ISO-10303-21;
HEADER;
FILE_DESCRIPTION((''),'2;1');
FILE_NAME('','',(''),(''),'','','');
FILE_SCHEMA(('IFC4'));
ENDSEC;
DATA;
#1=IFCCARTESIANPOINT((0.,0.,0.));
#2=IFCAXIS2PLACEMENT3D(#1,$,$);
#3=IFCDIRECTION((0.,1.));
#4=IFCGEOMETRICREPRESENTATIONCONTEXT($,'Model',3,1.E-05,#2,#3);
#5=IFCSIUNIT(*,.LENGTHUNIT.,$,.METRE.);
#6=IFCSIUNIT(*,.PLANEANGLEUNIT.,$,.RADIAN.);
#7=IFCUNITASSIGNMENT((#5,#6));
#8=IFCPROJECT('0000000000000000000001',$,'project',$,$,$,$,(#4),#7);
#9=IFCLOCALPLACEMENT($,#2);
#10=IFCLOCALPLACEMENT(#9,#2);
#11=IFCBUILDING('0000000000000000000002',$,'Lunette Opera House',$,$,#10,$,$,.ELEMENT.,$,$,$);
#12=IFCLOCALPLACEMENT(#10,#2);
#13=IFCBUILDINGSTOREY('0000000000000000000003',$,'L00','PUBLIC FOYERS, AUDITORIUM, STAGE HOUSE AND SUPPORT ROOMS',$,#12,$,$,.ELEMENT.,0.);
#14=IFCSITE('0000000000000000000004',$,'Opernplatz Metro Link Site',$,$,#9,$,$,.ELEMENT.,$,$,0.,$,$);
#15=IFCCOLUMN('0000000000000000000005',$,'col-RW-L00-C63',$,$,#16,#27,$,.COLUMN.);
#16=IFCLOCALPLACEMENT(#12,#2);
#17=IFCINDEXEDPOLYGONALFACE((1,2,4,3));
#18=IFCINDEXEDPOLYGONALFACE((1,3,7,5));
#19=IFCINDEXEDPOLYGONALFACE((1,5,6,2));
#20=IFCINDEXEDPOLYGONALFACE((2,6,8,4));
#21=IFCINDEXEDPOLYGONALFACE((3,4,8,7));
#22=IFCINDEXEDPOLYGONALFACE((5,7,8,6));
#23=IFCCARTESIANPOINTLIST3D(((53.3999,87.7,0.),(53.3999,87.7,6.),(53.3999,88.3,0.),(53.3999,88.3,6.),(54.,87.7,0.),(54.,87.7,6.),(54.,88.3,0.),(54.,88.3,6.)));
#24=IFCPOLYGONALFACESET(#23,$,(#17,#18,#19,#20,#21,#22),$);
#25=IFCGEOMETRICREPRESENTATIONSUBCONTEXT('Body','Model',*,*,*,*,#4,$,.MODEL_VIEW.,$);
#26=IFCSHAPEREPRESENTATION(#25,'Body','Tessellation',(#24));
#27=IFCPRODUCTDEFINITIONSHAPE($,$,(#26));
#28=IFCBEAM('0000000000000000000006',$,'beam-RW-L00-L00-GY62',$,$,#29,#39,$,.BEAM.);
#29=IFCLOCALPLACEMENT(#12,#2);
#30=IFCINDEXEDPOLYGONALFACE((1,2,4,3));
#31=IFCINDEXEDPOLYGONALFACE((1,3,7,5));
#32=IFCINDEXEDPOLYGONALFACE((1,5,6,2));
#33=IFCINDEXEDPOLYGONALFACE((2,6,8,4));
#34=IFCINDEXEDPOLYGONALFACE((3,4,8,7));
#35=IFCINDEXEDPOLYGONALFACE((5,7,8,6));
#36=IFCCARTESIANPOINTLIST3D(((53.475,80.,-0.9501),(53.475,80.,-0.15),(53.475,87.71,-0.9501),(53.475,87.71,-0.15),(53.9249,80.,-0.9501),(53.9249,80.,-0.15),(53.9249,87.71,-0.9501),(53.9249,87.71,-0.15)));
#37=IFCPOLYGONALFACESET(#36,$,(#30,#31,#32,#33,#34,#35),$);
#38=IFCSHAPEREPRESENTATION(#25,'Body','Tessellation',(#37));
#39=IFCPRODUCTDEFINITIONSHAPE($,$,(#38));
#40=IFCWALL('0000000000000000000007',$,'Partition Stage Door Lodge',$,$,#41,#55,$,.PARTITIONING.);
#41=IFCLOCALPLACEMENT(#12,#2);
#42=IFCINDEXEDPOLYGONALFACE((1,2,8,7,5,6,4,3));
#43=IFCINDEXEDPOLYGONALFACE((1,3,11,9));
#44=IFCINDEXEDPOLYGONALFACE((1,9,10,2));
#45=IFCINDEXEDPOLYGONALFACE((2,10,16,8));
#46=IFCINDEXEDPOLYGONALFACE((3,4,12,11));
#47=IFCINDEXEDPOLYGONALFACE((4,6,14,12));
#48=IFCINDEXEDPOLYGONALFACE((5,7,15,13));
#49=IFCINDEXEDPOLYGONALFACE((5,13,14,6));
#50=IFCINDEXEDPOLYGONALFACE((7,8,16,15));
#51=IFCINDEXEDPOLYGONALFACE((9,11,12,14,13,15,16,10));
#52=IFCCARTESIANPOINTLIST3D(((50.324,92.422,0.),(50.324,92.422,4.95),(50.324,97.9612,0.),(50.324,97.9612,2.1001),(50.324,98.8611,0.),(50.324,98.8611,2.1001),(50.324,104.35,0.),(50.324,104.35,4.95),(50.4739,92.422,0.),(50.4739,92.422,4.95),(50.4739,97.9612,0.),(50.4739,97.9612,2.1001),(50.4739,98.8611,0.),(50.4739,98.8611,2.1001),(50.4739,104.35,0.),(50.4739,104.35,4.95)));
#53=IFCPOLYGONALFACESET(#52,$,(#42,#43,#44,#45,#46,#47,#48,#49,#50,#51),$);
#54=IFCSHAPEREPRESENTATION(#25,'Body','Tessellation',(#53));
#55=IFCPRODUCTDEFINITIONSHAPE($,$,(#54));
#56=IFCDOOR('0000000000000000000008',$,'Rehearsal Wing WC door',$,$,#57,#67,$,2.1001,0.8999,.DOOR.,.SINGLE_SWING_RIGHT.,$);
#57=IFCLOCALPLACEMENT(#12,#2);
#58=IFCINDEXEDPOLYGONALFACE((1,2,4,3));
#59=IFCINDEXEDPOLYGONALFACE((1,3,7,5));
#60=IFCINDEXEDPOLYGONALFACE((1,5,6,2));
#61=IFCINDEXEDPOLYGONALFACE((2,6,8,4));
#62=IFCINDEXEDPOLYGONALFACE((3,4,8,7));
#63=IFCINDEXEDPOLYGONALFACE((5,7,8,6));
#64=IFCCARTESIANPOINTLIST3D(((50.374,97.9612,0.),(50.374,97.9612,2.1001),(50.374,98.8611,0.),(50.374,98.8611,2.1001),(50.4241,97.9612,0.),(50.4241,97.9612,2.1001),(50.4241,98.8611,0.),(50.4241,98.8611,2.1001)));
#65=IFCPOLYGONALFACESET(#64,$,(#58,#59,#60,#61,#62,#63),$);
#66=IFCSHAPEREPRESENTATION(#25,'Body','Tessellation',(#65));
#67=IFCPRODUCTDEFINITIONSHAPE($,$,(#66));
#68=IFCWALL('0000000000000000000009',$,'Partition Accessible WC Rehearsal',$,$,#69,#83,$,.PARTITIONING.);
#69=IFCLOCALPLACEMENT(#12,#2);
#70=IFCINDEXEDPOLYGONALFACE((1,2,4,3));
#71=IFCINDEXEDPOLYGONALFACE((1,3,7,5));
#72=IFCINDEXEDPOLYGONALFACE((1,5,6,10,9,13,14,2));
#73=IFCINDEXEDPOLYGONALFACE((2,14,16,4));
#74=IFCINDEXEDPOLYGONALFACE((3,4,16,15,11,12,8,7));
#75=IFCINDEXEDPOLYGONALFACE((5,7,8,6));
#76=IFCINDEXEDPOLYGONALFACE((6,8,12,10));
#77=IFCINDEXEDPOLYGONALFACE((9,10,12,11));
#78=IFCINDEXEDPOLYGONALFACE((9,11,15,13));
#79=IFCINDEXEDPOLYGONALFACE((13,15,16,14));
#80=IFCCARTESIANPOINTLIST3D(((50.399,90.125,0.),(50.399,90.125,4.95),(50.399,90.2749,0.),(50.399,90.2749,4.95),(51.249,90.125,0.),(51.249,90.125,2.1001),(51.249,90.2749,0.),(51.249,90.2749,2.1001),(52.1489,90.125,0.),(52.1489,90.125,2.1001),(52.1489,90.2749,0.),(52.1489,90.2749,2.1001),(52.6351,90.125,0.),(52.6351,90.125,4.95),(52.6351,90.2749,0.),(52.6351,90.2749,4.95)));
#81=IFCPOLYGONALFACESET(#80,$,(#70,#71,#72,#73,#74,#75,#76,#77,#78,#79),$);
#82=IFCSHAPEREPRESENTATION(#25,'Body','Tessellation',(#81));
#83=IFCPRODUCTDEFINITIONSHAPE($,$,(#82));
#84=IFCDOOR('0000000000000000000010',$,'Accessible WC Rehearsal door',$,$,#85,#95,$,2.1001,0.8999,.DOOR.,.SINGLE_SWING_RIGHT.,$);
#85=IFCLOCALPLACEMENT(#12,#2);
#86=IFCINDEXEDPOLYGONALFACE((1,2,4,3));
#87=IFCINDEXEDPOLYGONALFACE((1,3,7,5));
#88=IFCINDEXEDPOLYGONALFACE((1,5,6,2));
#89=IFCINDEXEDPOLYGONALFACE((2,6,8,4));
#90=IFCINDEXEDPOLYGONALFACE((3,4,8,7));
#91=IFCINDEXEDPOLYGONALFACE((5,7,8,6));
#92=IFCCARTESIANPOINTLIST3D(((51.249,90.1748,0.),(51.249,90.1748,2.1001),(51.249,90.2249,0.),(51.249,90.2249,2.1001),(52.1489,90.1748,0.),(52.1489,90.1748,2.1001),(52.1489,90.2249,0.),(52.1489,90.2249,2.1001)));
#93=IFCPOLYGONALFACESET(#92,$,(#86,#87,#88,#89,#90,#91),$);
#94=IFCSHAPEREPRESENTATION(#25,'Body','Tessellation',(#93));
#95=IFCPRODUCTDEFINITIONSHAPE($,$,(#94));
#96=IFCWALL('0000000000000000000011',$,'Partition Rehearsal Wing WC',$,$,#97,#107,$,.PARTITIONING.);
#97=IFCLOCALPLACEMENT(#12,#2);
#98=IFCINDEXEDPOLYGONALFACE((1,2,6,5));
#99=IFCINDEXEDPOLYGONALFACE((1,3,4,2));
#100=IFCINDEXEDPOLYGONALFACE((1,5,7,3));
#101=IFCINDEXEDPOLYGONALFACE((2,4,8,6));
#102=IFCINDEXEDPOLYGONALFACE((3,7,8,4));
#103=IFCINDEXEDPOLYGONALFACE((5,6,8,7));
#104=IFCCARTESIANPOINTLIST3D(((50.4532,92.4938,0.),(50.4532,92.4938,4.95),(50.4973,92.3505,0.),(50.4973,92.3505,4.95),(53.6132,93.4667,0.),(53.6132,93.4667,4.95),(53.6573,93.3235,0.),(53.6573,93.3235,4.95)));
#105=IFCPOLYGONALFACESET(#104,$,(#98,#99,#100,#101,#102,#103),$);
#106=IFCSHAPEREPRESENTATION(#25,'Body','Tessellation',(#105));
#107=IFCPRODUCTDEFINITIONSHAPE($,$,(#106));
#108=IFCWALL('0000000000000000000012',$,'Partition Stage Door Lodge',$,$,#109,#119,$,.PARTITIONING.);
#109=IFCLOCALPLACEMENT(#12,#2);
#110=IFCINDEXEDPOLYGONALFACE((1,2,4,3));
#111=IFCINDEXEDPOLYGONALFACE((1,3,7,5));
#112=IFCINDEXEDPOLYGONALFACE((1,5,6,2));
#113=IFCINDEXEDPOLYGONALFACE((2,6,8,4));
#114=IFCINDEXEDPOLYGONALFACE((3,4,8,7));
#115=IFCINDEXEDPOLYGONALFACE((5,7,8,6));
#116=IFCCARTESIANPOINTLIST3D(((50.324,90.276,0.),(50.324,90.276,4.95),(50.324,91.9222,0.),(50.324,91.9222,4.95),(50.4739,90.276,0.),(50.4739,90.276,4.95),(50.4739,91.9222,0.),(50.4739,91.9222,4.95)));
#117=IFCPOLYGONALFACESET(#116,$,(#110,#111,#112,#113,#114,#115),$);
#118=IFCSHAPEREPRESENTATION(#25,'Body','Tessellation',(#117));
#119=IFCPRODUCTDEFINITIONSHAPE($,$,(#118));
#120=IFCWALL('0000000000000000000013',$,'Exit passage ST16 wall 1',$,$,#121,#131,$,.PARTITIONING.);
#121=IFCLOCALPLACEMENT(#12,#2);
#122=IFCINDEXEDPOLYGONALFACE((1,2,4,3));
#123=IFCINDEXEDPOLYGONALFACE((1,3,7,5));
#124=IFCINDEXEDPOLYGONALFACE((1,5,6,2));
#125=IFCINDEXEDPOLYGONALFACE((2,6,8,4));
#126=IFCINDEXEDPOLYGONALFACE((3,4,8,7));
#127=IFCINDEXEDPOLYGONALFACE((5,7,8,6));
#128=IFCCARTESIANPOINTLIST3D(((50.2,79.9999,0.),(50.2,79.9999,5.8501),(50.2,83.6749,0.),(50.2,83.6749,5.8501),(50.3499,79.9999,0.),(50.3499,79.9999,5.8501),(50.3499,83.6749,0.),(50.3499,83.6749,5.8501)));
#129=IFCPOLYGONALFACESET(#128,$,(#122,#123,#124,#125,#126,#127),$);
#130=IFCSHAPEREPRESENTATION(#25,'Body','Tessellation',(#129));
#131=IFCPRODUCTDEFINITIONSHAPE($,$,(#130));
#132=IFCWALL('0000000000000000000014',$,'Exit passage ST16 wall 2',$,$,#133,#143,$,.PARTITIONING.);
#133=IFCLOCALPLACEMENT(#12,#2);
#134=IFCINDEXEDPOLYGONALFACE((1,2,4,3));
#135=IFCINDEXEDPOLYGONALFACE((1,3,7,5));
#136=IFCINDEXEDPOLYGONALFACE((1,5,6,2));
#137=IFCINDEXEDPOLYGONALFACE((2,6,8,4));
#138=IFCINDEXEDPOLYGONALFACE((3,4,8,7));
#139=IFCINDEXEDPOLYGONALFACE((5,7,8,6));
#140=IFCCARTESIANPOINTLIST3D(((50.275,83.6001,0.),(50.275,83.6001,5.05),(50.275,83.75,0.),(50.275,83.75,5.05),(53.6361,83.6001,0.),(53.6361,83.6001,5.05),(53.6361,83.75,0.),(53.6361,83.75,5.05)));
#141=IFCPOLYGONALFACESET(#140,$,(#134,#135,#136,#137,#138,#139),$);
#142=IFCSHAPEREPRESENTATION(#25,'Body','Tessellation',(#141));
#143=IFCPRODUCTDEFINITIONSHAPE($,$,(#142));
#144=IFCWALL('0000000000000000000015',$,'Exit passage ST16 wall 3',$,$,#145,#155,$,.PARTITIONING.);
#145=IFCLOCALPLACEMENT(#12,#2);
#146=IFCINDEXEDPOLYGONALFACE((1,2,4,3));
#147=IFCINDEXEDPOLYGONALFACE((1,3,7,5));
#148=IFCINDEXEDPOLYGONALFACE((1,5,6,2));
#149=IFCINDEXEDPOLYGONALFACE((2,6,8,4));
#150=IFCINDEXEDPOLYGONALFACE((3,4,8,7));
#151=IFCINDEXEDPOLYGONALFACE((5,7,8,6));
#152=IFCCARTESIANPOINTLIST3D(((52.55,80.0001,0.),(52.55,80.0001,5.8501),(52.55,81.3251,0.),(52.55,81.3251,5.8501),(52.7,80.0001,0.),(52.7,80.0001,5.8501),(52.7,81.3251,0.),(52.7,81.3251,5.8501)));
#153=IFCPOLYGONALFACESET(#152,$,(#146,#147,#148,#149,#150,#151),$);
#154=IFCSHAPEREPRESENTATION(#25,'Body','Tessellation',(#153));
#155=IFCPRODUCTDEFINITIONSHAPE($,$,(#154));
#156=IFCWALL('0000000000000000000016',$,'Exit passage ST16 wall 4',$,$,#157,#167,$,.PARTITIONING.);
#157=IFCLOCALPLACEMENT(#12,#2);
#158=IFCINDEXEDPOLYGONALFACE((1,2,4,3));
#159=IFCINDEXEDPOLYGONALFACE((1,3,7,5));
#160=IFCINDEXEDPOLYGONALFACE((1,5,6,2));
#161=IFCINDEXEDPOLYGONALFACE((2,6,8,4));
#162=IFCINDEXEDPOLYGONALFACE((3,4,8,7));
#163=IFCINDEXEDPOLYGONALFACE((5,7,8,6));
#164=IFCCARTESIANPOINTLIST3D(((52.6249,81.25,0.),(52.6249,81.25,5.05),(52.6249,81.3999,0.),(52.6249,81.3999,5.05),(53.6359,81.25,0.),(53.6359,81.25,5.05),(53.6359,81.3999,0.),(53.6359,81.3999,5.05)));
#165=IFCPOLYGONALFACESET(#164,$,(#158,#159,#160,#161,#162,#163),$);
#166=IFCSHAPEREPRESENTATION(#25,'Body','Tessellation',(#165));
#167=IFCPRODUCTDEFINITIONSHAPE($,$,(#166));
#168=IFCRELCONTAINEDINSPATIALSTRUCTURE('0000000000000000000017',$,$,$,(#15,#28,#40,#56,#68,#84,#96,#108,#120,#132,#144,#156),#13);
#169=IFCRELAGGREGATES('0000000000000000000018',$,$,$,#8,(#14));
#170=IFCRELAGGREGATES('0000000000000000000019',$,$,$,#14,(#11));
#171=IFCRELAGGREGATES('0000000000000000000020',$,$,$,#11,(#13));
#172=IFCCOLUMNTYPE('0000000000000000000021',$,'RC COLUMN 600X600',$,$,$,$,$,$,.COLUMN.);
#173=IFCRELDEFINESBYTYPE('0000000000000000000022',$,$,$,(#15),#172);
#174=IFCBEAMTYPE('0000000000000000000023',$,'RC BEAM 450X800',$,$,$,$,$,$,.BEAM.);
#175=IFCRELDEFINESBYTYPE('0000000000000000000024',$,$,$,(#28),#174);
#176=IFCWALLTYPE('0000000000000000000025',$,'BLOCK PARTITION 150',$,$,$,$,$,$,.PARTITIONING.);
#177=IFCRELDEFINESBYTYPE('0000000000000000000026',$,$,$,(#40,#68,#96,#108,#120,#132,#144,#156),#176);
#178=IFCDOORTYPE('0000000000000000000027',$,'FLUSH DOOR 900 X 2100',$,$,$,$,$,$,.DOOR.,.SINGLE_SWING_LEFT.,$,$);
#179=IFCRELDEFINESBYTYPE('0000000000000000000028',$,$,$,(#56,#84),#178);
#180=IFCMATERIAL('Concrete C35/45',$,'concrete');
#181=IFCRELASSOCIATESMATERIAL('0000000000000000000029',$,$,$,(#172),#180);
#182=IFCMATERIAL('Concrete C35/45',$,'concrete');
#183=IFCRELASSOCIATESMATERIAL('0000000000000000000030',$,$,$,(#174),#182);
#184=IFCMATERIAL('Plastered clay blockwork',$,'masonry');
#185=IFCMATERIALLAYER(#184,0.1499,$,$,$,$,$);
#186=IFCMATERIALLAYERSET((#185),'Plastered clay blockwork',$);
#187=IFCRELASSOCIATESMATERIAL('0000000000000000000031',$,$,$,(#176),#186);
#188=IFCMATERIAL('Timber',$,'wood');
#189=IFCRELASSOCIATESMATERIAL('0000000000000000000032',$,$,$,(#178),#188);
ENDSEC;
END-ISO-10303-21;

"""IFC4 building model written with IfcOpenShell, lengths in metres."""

from ifc_helpers import new_model, si_unit, direction, frame, frame_2d, origin, origin_2d, place, context, subcontext, project, spatial, rectangle, extrude, material, layer, layer_set, material_profile, profile_set, type_object, element, fill, save


model = new_model("IFC4")

# Units and contexts
model_context = context("Model", 3, precision=1e-05, world=origin(), true_north=direction((0.0, 1.0)))
body_context = subcontext(model_context, "Body", "Model", "MODEL_VIEW")
ifc_project = project(units=[si_unit("LENGTHUNIT", "METRE"), si_unit("PLANEANGLEUNIT", "RADIAN")], contexts=[model_context])

# Site, building, storey
site_placement = place(None, origin())
site = spatial("IfcSite", under=ifc_project, at=site_placement, Name="Opernplatz Metro Link Site", CompositionType="ELEMENT", RefElevation=0.0)
building_placement = place(site_placement, origin())
building = spatial("IfcBuilding", under=site, at=building_placement, Name="Lunette Opera House", CompositionType="ELEMENT")
storey_placement = place(building_placement, origin())
storey = spatial("IfcBuildingStorey", under=building, at=storey_placement, Name="L00", Description="PUBLIC FOYERS, AUDITORIUM, STAGE HOUSE AND SUPPORT ROOMS", CompositionType="ELEMENT", Elevation=0.0)

# Column
ifc_material_1 = material(Name="Concrete C35/45", Category="concrete")
ifc_material_profile_1 = material_profile(ifc_material_1, rectangle(XDim=0.6001, YDim=0.6001, at=origin_2d()), Name="RC COLUMN 600X600")
ifc_profile_set_1 = profile_set([ifc_material_profile_1], Name="Concrete C35/45")
column_type = type_object("IfcColumnType", Name="RC COLUMN 600X600", PredefinedType="COLUMN", material=ifc_profile_set_1)
column_placement = place(storey_placement, frame((53.7, 88.0, 0.0), z_axis=(0.0, 0.0, 1.0), x_axis=(1.0, 0.0, 0.0)))
element("IfcColumn", 1, at=column_placement, inside=storey, type_object=column_type, Name="col-RW-L00-C63", PredefinedType="COLUMN", context=body_context, shape_type="SweptSolid", body=[
    extrude(rectangle(XDim=0.6001, YDim=0.6001, at=origin_2d()), origin(), (0.0, 0.0, 1.0), 6.0),
])

# Beam
ifc_material_2 = material(Name="Concrete C35/45", Category="concrete")
ifc_material_profile_2 = material_profile(ifc_material_2, rectangle(XDim=0.45, YDim=0.8, at=origin_2d()), Name="RC BEAM 450X800")
ifc_profile_set_2 = profile_set([ifc_material_profile_2], Name="Concrete C35/45")
beam_type = type_object("IfcBeamType", Name="RC BEAM 450X800", PredefinedType="BEAM", material=ifc_profile_set_2)
beam_placement = place(storey_placement, frame((53.7, 80.0, -0.55), z_axis=(0.0, 1.0, 0.0), x_axis=(-1.0, 0.0, 0.0)))
element("IfcBeam", 2, at=beam_placement, inside=storey, type_object=beam_type, Name="beam-RW-L00-L00-GY62", PredefinedType="BEAM", context=body_context, shape_type="SweptSolid", body=[
    extrude(rectangle(XDim=0.45, YDim=0.8, at=origin_2d()), origin(), (0.0, 0.0, 1.0), 7.71),
])

# Walls, openings, doors
ifc_material_3 = material(Name="Plastered clay blockwork", Category="masonry")
ifc_layer_1 = layer(ifc_material_3, 0.1499)
ifc_layer_set_1 = layer_set([ifc_layer_1], Name="Plastered clay blockwork")
wall_type_1 = type_object("IfcWallType", Name="BLOCK PARTITION 150", PredefinedType="PARTITIONING", material=ifc_layer_set_1)
wall_1_placement = place(storey_placement, frame((50.3989, 92.4221, 0.0), z_axis=(0.0, 0.0, 1.0), x_axis=(0.0, 1.0, 0.0)))
wall_1 = element("IfcWall", 3, at=wall_1_placement, inside=storey, type_object=wall_type_1, Name="Partition Stage Door Lodge", PredefinedType="PARTITIONING", context=body_context, shape_type="SweptSolid", body=[
    extrude(rectangle(XDim=11.928, YDim=0.1499, at=frame_2d((5.9639, 0.0))), origin(), (0.0, 0.0, 1.0), 4.95),
])
opening_1_placement = place(wall_1_placement, frame((5.5391, 0.0, 0.0)))
opening_1 = element("IfcOpeningElement", 4, at=opening_1_placement, cuts=wall_1, PredefinedType="OPENING", context=body_context, shape_type="SweptSolid", body=[
    extrude(rectangle(XDim=0.8999, YDim=2.1001, at=frame_2d((0.45, 1.05))), frame((0.0, 0.0869, 0.0), z_axis=(0.0, -1.0, 0.0), x_axis=(1.0, 0.0, 0.0)), (0.0, 0.0, 1.0), 0.1738),
])
ifc_material_4 = material(Name="Timber", Category="wood")
door_type_1 = type_object("IfcDoorType", Name="FLUSH DOOR 900 X 2100", OperationType="SINGLE_SWING_LEFT", PredefinedType="DOOR", material=ifc_material_4)
door_1_placement = place(opening_1_placement, origin())
door_1 = element("IfcDoor", 5, at=door_1_placement, inside=storey, type_object=door_type_1, Name="Rehearsal Wing WC door", OperationType="SINGLE_SWING_RIGHT", OverallHeight=2.1001, OverallWidth=0.8999, PredefinedType="DOOR", context=body_context, shape_type="SweptSolid", body=[
    extrude(rectangle(XDim=0.8999, YDim=2.1001, at=frame_2d((0.45, 1.05))), frame((0.0, 0.0249, 0.0), z_axis=(0.0, -1.0, 0.0), x_axis=(1.0, 0.0, 0.0)), (0.0, 0.0, 1.0), 0.05),
])
fill(opening_1, door_1)
wall_2_placement = place(storey_placement, frame((50.3989, 90.2, 0.0), z_axis=(0.0, 0.0, 1.0), x_axis=(1.0, 0.0, 0.0)))
wall_2 = element("IfcWall", 6, at=wall_2_placement, inside=storey, type_object=wall_type_1, Name="Partition Accessible WC Rehearsal", PredefinedType="PARTITIONING", context=body_context, shape_type="SweptSolid", body=[
    extrude(rectangle(XDim=2.2361, YDim=0.1499, at=frame_2d((1.1182, 0.0))), origin(), (0.0, 0.0, 1.0), 4.95),
])
opening_2_placement = place(wall_2_placement, frame((0.8501, 0.0, 0.0)))
opening_2 = element("IfcOpeningElement", 7, at=opening_2_placement, cuts=wall_2, PredefinedType="OPENING", context=body_context, shape_type="SweptSolid", body=[
    extrude(rectangle(XDim=0.8999, YDim=2.1001, at=frame_2d((0.45, 1.05))), frame((0.0, 0.0869, 0.0), z_axis=(0.0, -1.0, 0.0), x_axis=(1.0, 0.0, 0.0)), (0.0, 0.0, 1.0), 0.1738),
])
door_2_placement = place(opening_2_placement, origin())
door_2 = element("IfcDoor", 8, at=door_2_placement, inside=storey, type_object=door_type_1, Name="Accessible WC Rehearsal door", OperationType="SINGLE_SWING_RIGHT", OverallHeight=2.1001, OverallWidth=0.8999, PredefinedType="DOOR", context=body_context, shape_type="SweptSolid", body=[
    extrude(rectangle(XDim=0.8999, YDim=2.1001, at=frame_2d((0.45, 1.05))), frame((0.0, 0.0249, 0.0), z_axis=(0.0, -1.0, 0.0), x_axis=(1.0, 0.0, 0.0)), (0.0, 0.0, 1.0), 0.05),
])
fill(opening_2, door_2)

# Walls
wall_3_placement = place(storey_placement, frame((50.4751, 92.4221, 0.0), z_axis=(0.0, 0.0, 1.0), x_axis=(0.955726, 0.294257, 0.0)))
element("IfcWall", 9, at=wall_3_placement, inside=storey, type_object=wall_type_1, Name="Partition Rehearsal Wing WC", PredefinedType="PARTITIONING", context=body_context, shape_type="SweptSolid", body=[
    extrude(rectangle(XDim=3.3064, YDim=0.1499, at=frame_2d((1.6533, 0.0))), origin(), (0.0, 0.0, 1.0), 4.95),
])
wall_4_placement = place(storey_placement, frame((50.3989, 90.2759, 0.0), z_axis=(0.0, 0.0, 1.0), x_axis=(0.0, 1.0, 0.0)))
element("IfcWall", 10, at=wall_4_placement, inside=storey, type_object=wall_type_1, Name="Partition Stage Door Lodge", PredefinedType="PARTITIONING", context=body_context, shape_type="SweptSolid", body=[
    extrude(rectangle(XDim=1.6462, YDim=0.1499, at=frame_2d((0.8232, 0.0))), origin(), (0.0, 0.0, 1.0), 4.95),
])
wall_5_placement = place(storey_placement, frame((50.2749, 80.0, 0.0), z_axis=(0.0, 0.0, 1.0), x_axis=(0.0, 1.0, 0.0)))
element("IfcWall", 11, at=wall_5_placement, inside=storey, type_object=wall_type_1, Name="Exit passage ST16 wall 1", PredefinedType="PARTITIONING", context=body_context, shape_type="SweptSolid", body=[
    extrude(rectangle(XDim=3.675, YDim=0.1499, at=frame_2d((1.8374, 0.0))), origin(), (0.0, 0.0, 1.0), 5.8501),
])
wall_6_placement = place(storey_placement, frame((50.2749, 83.675, 0.0), z_axis=(0.0, 0.0, 1.0), x_axis=(1.0, 0.0, 0.0)))
element("IfcWall", 12, at=wall_6_placement, inside=storey, type_object=wall_type_1, Name="Exit passage ST16 wall 2", PredefinedType="PARTITIONING", context=body_context, shape_type="SweptSolid", body=[
    extrude(rectangle(XDim=3.3611, YDim=0.1499, at=frame_2d((1.6807, 0.0))), origin(), (0.0, 0.0, 1.0), 5.05),
])
wall_7_placement = place(storey_placement, frame((52.625, 80.0, 0.0), z_axis=(0.0, 0.0, 1.0), x_axis=(0.0, 1.0, 0.0)))
element("IfcWall", 13, at=wall_7_placement, inside=storey, type_object=wall_type_1, Name="Exit passage ST16 wall 3", PredefinedType="PARTITIONING", context=body_context, shape_type="SweptSolid", body=[
    extrude(rectangle(XDim=1.325, YDim=0.1499, at=frame_2d((0.6626, 0.0))), origin(), (0.0, 0.0, 1.0), 5.8501),
])
wall_8_placement = place(storey_placement, frame((52.625, 81.325, 0.0), z_axis=(0.0, 0.0, 1.0), x_axis=(1.0, 0.0, 0.0)))
element("IfcWall", 14, at=wall_8_placement, inside=storey, type_object=wall_type_1, Name="Exit passage ST16 wall 4", PredefinedType="PARTITIONING", context=body_context, shape_type="SweptSolid", body=[
    extrude(rectangle(XDim=1.011, YDim=0.1499, at=frame_2d((0.5054, 0.0))), origin(), (0.0, 0.0, 1.0), 5.05),
])

save(model, "model.ifc")
